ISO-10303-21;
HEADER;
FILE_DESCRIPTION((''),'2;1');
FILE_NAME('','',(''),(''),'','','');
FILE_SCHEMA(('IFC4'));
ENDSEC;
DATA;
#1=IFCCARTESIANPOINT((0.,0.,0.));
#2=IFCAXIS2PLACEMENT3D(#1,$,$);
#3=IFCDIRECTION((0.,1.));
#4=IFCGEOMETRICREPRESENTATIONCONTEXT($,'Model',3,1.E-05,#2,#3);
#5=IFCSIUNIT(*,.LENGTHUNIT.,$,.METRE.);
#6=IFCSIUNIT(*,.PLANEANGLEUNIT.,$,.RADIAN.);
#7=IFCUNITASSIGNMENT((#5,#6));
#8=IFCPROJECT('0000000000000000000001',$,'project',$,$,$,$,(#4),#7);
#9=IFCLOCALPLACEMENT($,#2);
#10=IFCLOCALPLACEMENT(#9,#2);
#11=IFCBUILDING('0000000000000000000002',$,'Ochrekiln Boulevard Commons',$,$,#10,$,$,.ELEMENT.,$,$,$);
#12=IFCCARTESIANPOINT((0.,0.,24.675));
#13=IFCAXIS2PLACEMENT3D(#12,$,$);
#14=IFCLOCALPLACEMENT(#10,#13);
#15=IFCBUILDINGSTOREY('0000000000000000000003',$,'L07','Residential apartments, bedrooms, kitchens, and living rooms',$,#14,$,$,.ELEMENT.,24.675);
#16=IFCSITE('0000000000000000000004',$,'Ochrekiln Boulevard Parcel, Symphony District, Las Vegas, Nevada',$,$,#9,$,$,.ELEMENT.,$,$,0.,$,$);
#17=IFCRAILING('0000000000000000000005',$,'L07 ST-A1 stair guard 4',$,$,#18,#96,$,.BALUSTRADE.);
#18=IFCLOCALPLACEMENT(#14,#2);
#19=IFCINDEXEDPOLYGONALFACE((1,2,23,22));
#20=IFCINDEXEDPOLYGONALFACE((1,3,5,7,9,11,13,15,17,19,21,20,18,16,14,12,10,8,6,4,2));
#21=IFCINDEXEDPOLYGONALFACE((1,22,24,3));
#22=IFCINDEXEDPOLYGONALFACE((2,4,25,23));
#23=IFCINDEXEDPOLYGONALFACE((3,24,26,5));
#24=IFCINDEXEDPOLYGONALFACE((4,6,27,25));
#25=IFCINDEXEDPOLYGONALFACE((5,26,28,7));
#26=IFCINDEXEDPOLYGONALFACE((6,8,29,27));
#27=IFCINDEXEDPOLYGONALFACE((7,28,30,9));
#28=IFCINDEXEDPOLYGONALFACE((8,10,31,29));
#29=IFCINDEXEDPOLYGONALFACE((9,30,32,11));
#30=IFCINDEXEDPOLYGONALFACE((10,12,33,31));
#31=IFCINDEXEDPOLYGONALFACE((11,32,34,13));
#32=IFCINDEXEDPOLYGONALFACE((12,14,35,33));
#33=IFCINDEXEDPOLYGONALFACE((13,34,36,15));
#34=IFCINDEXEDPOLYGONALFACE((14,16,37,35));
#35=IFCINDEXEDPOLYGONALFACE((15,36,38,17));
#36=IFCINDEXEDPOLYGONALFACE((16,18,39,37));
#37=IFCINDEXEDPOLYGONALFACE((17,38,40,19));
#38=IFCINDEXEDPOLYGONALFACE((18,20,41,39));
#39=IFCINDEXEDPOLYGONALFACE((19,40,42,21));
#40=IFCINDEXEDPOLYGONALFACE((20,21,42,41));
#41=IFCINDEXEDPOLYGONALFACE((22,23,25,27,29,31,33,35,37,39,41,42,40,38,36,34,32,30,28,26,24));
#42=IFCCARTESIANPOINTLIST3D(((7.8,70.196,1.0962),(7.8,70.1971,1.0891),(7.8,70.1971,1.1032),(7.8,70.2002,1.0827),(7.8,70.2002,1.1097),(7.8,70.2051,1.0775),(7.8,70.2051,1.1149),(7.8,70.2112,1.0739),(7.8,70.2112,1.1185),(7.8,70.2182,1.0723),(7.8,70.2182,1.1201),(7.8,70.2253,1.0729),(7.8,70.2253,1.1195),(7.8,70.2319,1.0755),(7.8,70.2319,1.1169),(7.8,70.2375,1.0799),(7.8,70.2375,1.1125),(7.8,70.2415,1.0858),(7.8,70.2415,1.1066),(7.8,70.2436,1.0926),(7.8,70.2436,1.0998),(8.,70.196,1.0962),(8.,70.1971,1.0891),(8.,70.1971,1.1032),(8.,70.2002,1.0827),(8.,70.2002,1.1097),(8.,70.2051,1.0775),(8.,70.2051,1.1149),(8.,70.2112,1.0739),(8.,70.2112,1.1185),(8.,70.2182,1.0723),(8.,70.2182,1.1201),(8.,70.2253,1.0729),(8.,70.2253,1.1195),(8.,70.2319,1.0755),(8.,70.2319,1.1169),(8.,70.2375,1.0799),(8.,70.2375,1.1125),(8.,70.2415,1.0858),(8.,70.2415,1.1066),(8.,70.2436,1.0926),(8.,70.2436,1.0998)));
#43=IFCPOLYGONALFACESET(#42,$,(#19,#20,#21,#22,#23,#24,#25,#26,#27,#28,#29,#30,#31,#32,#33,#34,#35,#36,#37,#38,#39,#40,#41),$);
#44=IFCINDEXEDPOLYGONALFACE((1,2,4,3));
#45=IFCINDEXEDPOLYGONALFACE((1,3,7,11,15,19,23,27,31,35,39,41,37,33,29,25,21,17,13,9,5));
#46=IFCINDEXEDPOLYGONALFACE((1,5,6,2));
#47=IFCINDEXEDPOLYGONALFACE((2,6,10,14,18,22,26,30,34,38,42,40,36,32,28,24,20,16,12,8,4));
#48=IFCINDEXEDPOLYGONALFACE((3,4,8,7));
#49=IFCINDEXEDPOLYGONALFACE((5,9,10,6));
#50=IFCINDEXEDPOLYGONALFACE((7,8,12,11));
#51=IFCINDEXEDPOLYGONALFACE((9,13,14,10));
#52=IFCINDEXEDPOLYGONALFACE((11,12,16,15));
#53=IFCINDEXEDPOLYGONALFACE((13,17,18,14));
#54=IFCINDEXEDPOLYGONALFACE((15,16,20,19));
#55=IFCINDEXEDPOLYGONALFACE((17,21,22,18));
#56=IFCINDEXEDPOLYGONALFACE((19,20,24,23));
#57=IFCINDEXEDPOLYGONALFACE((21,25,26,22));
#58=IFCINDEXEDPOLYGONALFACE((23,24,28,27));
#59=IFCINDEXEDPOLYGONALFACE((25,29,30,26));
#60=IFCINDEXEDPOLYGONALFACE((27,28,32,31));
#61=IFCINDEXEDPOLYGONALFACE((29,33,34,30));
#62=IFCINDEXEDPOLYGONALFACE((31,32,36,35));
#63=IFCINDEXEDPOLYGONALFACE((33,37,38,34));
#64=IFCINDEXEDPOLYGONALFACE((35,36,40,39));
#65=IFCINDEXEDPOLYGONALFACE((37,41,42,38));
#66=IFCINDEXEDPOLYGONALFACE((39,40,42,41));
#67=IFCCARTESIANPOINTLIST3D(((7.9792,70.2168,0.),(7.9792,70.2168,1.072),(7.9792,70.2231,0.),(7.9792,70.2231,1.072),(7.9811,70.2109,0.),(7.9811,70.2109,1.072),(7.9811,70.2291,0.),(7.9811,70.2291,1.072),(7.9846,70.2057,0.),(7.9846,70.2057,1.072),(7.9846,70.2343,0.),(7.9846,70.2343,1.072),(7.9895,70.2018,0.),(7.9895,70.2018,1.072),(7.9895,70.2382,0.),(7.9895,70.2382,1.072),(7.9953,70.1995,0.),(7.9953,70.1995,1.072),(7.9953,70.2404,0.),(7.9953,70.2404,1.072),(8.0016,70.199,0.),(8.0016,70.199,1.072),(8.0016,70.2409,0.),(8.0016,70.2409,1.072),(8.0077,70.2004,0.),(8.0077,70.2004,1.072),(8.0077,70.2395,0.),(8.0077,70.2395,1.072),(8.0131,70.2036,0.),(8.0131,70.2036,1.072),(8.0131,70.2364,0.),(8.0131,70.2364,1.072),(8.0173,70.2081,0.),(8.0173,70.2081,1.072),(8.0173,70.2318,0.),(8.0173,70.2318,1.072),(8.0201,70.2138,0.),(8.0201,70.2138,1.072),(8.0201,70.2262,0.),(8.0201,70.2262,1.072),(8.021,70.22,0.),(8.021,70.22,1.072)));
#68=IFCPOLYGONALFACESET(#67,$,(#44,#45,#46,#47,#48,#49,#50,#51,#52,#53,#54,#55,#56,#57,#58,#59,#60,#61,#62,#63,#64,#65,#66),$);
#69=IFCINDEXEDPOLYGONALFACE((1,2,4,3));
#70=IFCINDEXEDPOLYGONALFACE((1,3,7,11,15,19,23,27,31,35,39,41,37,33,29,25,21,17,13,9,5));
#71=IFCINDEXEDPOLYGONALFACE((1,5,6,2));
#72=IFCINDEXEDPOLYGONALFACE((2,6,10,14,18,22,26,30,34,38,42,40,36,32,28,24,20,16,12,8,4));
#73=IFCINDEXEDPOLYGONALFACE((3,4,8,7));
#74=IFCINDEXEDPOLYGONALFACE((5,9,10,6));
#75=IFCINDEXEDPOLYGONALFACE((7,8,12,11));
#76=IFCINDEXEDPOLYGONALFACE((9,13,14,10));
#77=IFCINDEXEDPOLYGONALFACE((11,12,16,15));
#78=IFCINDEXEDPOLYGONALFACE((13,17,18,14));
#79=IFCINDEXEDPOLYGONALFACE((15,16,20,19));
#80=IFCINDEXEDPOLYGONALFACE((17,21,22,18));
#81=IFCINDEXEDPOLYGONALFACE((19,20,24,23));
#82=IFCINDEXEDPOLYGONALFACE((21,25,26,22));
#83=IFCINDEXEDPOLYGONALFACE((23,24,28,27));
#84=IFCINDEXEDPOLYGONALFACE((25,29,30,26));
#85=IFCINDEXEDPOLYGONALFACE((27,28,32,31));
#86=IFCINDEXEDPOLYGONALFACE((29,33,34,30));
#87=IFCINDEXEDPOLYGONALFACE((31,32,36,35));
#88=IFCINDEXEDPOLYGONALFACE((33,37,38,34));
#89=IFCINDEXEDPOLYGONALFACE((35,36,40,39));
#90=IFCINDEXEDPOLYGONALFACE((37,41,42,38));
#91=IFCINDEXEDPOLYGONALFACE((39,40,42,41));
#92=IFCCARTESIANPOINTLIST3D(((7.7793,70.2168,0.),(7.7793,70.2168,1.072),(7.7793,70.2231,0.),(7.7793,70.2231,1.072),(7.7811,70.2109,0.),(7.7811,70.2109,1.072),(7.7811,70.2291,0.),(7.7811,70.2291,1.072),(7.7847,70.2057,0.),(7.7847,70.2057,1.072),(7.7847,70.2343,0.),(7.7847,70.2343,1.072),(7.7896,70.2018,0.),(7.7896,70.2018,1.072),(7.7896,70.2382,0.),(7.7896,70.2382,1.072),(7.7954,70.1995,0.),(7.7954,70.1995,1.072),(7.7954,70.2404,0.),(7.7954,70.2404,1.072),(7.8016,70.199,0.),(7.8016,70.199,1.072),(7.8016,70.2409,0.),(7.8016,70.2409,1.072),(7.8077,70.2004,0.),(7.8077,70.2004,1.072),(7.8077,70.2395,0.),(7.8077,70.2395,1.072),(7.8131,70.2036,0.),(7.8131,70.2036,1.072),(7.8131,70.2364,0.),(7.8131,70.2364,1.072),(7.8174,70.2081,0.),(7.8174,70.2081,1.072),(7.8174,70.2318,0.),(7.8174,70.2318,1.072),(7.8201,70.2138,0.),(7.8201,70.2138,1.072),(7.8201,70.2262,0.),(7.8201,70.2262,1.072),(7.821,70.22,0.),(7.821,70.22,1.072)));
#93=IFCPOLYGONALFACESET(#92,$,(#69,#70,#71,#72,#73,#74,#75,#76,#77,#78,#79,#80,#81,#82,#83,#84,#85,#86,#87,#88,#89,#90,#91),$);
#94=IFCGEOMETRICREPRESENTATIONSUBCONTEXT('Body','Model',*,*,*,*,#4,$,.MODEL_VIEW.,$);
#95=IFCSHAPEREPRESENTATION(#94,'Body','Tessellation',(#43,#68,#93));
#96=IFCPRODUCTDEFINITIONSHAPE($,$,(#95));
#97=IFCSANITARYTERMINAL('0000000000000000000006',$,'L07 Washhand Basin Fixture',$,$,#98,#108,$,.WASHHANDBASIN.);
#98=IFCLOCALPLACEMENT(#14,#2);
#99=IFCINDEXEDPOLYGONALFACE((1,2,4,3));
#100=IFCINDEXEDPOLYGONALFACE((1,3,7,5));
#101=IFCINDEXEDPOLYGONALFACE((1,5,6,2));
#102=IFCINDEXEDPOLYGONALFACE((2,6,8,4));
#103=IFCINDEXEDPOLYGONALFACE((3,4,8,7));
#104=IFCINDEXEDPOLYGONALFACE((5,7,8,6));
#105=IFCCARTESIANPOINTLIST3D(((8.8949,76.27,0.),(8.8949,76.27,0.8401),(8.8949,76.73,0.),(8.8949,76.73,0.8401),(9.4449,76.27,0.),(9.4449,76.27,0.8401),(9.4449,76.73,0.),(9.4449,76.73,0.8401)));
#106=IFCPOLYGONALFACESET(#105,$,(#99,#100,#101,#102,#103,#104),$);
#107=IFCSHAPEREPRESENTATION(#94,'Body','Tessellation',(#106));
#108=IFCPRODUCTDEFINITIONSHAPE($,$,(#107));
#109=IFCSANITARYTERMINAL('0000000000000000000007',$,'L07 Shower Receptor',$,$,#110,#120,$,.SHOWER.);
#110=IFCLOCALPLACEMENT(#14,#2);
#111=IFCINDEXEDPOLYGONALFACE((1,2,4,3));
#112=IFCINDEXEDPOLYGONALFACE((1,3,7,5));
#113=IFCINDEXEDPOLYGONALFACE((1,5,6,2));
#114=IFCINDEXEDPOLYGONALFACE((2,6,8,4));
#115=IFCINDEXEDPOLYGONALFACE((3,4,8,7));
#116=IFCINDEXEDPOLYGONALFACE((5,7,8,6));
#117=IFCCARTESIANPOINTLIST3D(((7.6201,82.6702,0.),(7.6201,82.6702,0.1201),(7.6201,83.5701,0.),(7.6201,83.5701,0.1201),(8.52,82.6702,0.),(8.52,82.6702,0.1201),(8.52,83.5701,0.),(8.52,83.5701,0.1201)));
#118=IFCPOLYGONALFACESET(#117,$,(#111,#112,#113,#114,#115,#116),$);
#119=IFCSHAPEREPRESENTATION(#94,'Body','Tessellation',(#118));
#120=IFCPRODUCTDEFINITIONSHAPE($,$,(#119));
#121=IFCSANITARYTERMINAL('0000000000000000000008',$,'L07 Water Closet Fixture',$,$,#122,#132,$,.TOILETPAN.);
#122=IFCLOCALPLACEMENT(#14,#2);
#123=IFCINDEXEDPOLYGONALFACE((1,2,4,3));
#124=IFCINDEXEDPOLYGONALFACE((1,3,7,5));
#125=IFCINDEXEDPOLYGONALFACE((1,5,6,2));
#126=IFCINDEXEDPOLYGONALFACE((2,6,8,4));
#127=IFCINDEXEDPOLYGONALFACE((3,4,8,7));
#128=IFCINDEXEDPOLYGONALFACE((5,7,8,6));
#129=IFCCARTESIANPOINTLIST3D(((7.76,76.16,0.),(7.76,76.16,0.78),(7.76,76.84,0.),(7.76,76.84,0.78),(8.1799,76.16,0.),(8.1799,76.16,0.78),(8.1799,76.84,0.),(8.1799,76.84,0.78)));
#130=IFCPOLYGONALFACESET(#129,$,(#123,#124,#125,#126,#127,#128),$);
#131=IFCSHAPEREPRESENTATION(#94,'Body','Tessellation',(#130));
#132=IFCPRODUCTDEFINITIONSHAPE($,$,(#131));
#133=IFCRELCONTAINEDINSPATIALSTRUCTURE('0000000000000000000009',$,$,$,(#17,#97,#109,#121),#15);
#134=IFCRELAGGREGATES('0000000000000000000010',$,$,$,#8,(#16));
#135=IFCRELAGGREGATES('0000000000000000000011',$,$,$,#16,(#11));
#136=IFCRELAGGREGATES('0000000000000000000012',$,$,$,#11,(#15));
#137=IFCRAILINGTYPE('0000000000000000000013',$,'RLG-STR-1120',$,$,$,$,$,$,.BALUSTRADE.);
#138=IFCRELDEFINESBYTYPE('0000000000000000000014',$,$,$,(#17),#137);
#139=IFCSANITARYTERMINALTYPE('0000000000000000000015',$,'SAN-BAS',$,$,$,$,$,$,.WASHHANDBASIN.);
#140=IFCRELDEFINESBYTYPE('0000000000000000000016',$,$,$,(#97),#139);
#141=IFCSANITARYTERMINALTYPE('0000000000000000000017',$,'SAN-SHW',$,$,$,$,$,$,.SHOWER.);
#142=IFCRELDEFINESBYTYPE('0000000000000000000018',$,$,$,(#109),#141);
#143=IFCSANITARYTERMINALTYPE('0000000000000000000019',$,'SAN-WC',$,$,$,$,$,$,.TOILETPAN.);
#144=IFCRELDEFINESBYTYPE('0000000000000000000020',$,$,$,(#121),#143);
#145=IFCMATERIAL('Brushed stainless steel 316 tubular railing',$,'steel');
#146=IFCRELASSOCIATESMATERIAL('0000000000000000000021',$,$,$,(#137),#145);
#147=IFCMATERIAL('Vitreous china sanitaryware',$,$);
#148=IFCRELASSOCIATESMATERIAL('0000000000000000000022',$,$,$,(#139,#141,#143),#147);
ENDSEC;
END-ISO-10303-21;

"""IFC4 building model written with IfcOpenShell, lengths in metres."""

from ifc_helpers import new_model, si_unit, direction, frame, origin, origin_2d, place, context, subcontext, project, spatial, rectangle, circle, extrude, material, type_object, element, save


model = new_model("IFC4")

# Units and contexts
model_context = context("Model", 3, precision=1e-05, world=origin(), true_north=direction((0.0, 1.0)))
body_context = subcontext(model_context, "Body", "Model", "MODEL_VIEW")
ifc_project = project(units=[si_unit("LENGTHUNIT", "METRE"), si_unit("PLANEANGLEUNIT", "RADIAN")], contexts=[model_context])

# Site, building, storey
site_placement = place(None, origin())
site = spatial("IfcSite", under=ifc_project, at=site_placement, Name="Ochrekiln Boulevard Parcel, Symphony District, Las Vegas, Nevada", CompositionType="ELEMENT", RefElevation=0.0)
building_placement = place(site_placement, origin())
building = spatial("IfcBuilding", under=site, at=building_placement, Name="Ochrekiln Boulevard Commons", CompositionType="ELEMENT")
storey_placement = place(building_placement, frame((0.0, 0.0, 24.675)))
storey = spatial("IfcBuildingStorey", under=building, at=storey_placement, Name="L07", Description="Residential apartments, bedrooms, kitchens, and living rooms", CompositionType="ELEMENT", Elevation=24.675)

# Railing
ifc_material_1 = material(Name="Brushed stainless steel 316 tubular railing", Category="steel")
railing_type_1 = type_object("IfcRailingType", Name="RLG-STR-1120", PredefinedType="BALUSTRADE", material=ifc_material_1)
railing_1_placement = place(storey_placement, frame((8.0, 70.22, 0.0)))
element("IfcRailing", 1, at=railing_1_placement, inside=storey, type_object=railing_type_1, Name="L07 ST-A1 stair guard 4", PredefinedType="BALUSTRADE", context=body_context, shape_type="SweptSolid", body=[
    extrude(circle(Radius=0.0239, at=origin_2d()), frame((0.0, 0.0, 1.0962), z_axis=(-1.0, 0.0, 0.0), x_axis=(0.0, -1.0, 0.0)), (0.0, 0.0, 1.0), 0.2),
    extrude(circle(Radius=0.021, at=origin_2d()), origin(), (0.0, 0.0, 1.0), 1.072),
    extrude(circle(Radius=0.021, at=origin_2d()), frame((-0.2, 0.0, 0.0)), (0.0, 0.0, 1.0), 1.072),
])

# Sanitary terminals
ifc_material_2 = material(Name="Vitreous china sanitaryware")
sanitary_terminal_type_1 = type_object("IfcSanitaryTerminalType", Name="SAN-BAS", PredefinedType="WASHHANDBASIN", material=ifc_material_2)
sanitary_terminal_1_placement = place(storey_placement, frame((9.1699, 76.5, 0.0), z_axis=(0.0, 0.0, 1.0), x_axis=(1.0, 0.0, 0.0)))
element("IfcSanitaryTerminal", 2, at=sanitary_terminal_1_placement, inside=storey, type_object=sanitary_terminal_type_1, Name="L07 Washhand Basin Fixture", PredefinedType="WASHHANDBASIN", context=body_context, shape_type="SweptSolid", body=[
    extrude(rectangle(XDim=0.55, YDim=0.46, at=origin_2d()), origin(), (0.0, 0.0, 1.0), 0.8401),
])
sanitary_terminal_type_2 = type_object("IfcSanitaryTerminalType", Name="SAN-SHW", PredefinedType="SHOWER", material=ifc_material_2)
sanitary_terminal_2_placement = place(storey_placement, frame((8.0701, 83.1201, 0.0), z_axis=(0.0, 0.0, 1.0), x_axis=(1.0, 0.0, 0.0)))
element("IfcSanitaryTerminal", 3, at=sanitary_terminal_2_placement, inside=storey, type_object=sanitary_terminal_type_2, Name="L07 Shower Receptor", PredefinedType="SHOWER", context=body_context, shape_type="SweptSolid", body=[
    extrude(rectangle(XDim=0.8999, YDim=0.8999, at=origin_2d()), origin(), (0.0, 0.0, 1.0), 0.1201),
])
sanitary_terminal_type_3 = type_object("IfcSanitaryTerminalType", Name="SAN-WC", PredefinedType="TOILETPAN", material=ifc_material_2)
sanitary_terminal_3_placement = place(storey_placement, frame((7.97, 76.5, 0.0), z_axis=(0.0, 0.0, 1.0), x_axis=(1.0, 0.0, 0.0)))
element("IfcSanitaryTerminal", 4, at=sanitary_terminal_3_placement, inside=storey, type_object=sanitary_terminal_type_3, Name="L07 Water Closet Fixture", PredefinedType="TOILETPAN", context=body_context, shape_type="SweptSolid", body=[
    extrude(rectangle(XDim=0.4199, YDim=0.6799, at=origin_2d()), origin(), (0.0, 0.0, 1.0), 0.78),
])

save(model, "model.ifc")
